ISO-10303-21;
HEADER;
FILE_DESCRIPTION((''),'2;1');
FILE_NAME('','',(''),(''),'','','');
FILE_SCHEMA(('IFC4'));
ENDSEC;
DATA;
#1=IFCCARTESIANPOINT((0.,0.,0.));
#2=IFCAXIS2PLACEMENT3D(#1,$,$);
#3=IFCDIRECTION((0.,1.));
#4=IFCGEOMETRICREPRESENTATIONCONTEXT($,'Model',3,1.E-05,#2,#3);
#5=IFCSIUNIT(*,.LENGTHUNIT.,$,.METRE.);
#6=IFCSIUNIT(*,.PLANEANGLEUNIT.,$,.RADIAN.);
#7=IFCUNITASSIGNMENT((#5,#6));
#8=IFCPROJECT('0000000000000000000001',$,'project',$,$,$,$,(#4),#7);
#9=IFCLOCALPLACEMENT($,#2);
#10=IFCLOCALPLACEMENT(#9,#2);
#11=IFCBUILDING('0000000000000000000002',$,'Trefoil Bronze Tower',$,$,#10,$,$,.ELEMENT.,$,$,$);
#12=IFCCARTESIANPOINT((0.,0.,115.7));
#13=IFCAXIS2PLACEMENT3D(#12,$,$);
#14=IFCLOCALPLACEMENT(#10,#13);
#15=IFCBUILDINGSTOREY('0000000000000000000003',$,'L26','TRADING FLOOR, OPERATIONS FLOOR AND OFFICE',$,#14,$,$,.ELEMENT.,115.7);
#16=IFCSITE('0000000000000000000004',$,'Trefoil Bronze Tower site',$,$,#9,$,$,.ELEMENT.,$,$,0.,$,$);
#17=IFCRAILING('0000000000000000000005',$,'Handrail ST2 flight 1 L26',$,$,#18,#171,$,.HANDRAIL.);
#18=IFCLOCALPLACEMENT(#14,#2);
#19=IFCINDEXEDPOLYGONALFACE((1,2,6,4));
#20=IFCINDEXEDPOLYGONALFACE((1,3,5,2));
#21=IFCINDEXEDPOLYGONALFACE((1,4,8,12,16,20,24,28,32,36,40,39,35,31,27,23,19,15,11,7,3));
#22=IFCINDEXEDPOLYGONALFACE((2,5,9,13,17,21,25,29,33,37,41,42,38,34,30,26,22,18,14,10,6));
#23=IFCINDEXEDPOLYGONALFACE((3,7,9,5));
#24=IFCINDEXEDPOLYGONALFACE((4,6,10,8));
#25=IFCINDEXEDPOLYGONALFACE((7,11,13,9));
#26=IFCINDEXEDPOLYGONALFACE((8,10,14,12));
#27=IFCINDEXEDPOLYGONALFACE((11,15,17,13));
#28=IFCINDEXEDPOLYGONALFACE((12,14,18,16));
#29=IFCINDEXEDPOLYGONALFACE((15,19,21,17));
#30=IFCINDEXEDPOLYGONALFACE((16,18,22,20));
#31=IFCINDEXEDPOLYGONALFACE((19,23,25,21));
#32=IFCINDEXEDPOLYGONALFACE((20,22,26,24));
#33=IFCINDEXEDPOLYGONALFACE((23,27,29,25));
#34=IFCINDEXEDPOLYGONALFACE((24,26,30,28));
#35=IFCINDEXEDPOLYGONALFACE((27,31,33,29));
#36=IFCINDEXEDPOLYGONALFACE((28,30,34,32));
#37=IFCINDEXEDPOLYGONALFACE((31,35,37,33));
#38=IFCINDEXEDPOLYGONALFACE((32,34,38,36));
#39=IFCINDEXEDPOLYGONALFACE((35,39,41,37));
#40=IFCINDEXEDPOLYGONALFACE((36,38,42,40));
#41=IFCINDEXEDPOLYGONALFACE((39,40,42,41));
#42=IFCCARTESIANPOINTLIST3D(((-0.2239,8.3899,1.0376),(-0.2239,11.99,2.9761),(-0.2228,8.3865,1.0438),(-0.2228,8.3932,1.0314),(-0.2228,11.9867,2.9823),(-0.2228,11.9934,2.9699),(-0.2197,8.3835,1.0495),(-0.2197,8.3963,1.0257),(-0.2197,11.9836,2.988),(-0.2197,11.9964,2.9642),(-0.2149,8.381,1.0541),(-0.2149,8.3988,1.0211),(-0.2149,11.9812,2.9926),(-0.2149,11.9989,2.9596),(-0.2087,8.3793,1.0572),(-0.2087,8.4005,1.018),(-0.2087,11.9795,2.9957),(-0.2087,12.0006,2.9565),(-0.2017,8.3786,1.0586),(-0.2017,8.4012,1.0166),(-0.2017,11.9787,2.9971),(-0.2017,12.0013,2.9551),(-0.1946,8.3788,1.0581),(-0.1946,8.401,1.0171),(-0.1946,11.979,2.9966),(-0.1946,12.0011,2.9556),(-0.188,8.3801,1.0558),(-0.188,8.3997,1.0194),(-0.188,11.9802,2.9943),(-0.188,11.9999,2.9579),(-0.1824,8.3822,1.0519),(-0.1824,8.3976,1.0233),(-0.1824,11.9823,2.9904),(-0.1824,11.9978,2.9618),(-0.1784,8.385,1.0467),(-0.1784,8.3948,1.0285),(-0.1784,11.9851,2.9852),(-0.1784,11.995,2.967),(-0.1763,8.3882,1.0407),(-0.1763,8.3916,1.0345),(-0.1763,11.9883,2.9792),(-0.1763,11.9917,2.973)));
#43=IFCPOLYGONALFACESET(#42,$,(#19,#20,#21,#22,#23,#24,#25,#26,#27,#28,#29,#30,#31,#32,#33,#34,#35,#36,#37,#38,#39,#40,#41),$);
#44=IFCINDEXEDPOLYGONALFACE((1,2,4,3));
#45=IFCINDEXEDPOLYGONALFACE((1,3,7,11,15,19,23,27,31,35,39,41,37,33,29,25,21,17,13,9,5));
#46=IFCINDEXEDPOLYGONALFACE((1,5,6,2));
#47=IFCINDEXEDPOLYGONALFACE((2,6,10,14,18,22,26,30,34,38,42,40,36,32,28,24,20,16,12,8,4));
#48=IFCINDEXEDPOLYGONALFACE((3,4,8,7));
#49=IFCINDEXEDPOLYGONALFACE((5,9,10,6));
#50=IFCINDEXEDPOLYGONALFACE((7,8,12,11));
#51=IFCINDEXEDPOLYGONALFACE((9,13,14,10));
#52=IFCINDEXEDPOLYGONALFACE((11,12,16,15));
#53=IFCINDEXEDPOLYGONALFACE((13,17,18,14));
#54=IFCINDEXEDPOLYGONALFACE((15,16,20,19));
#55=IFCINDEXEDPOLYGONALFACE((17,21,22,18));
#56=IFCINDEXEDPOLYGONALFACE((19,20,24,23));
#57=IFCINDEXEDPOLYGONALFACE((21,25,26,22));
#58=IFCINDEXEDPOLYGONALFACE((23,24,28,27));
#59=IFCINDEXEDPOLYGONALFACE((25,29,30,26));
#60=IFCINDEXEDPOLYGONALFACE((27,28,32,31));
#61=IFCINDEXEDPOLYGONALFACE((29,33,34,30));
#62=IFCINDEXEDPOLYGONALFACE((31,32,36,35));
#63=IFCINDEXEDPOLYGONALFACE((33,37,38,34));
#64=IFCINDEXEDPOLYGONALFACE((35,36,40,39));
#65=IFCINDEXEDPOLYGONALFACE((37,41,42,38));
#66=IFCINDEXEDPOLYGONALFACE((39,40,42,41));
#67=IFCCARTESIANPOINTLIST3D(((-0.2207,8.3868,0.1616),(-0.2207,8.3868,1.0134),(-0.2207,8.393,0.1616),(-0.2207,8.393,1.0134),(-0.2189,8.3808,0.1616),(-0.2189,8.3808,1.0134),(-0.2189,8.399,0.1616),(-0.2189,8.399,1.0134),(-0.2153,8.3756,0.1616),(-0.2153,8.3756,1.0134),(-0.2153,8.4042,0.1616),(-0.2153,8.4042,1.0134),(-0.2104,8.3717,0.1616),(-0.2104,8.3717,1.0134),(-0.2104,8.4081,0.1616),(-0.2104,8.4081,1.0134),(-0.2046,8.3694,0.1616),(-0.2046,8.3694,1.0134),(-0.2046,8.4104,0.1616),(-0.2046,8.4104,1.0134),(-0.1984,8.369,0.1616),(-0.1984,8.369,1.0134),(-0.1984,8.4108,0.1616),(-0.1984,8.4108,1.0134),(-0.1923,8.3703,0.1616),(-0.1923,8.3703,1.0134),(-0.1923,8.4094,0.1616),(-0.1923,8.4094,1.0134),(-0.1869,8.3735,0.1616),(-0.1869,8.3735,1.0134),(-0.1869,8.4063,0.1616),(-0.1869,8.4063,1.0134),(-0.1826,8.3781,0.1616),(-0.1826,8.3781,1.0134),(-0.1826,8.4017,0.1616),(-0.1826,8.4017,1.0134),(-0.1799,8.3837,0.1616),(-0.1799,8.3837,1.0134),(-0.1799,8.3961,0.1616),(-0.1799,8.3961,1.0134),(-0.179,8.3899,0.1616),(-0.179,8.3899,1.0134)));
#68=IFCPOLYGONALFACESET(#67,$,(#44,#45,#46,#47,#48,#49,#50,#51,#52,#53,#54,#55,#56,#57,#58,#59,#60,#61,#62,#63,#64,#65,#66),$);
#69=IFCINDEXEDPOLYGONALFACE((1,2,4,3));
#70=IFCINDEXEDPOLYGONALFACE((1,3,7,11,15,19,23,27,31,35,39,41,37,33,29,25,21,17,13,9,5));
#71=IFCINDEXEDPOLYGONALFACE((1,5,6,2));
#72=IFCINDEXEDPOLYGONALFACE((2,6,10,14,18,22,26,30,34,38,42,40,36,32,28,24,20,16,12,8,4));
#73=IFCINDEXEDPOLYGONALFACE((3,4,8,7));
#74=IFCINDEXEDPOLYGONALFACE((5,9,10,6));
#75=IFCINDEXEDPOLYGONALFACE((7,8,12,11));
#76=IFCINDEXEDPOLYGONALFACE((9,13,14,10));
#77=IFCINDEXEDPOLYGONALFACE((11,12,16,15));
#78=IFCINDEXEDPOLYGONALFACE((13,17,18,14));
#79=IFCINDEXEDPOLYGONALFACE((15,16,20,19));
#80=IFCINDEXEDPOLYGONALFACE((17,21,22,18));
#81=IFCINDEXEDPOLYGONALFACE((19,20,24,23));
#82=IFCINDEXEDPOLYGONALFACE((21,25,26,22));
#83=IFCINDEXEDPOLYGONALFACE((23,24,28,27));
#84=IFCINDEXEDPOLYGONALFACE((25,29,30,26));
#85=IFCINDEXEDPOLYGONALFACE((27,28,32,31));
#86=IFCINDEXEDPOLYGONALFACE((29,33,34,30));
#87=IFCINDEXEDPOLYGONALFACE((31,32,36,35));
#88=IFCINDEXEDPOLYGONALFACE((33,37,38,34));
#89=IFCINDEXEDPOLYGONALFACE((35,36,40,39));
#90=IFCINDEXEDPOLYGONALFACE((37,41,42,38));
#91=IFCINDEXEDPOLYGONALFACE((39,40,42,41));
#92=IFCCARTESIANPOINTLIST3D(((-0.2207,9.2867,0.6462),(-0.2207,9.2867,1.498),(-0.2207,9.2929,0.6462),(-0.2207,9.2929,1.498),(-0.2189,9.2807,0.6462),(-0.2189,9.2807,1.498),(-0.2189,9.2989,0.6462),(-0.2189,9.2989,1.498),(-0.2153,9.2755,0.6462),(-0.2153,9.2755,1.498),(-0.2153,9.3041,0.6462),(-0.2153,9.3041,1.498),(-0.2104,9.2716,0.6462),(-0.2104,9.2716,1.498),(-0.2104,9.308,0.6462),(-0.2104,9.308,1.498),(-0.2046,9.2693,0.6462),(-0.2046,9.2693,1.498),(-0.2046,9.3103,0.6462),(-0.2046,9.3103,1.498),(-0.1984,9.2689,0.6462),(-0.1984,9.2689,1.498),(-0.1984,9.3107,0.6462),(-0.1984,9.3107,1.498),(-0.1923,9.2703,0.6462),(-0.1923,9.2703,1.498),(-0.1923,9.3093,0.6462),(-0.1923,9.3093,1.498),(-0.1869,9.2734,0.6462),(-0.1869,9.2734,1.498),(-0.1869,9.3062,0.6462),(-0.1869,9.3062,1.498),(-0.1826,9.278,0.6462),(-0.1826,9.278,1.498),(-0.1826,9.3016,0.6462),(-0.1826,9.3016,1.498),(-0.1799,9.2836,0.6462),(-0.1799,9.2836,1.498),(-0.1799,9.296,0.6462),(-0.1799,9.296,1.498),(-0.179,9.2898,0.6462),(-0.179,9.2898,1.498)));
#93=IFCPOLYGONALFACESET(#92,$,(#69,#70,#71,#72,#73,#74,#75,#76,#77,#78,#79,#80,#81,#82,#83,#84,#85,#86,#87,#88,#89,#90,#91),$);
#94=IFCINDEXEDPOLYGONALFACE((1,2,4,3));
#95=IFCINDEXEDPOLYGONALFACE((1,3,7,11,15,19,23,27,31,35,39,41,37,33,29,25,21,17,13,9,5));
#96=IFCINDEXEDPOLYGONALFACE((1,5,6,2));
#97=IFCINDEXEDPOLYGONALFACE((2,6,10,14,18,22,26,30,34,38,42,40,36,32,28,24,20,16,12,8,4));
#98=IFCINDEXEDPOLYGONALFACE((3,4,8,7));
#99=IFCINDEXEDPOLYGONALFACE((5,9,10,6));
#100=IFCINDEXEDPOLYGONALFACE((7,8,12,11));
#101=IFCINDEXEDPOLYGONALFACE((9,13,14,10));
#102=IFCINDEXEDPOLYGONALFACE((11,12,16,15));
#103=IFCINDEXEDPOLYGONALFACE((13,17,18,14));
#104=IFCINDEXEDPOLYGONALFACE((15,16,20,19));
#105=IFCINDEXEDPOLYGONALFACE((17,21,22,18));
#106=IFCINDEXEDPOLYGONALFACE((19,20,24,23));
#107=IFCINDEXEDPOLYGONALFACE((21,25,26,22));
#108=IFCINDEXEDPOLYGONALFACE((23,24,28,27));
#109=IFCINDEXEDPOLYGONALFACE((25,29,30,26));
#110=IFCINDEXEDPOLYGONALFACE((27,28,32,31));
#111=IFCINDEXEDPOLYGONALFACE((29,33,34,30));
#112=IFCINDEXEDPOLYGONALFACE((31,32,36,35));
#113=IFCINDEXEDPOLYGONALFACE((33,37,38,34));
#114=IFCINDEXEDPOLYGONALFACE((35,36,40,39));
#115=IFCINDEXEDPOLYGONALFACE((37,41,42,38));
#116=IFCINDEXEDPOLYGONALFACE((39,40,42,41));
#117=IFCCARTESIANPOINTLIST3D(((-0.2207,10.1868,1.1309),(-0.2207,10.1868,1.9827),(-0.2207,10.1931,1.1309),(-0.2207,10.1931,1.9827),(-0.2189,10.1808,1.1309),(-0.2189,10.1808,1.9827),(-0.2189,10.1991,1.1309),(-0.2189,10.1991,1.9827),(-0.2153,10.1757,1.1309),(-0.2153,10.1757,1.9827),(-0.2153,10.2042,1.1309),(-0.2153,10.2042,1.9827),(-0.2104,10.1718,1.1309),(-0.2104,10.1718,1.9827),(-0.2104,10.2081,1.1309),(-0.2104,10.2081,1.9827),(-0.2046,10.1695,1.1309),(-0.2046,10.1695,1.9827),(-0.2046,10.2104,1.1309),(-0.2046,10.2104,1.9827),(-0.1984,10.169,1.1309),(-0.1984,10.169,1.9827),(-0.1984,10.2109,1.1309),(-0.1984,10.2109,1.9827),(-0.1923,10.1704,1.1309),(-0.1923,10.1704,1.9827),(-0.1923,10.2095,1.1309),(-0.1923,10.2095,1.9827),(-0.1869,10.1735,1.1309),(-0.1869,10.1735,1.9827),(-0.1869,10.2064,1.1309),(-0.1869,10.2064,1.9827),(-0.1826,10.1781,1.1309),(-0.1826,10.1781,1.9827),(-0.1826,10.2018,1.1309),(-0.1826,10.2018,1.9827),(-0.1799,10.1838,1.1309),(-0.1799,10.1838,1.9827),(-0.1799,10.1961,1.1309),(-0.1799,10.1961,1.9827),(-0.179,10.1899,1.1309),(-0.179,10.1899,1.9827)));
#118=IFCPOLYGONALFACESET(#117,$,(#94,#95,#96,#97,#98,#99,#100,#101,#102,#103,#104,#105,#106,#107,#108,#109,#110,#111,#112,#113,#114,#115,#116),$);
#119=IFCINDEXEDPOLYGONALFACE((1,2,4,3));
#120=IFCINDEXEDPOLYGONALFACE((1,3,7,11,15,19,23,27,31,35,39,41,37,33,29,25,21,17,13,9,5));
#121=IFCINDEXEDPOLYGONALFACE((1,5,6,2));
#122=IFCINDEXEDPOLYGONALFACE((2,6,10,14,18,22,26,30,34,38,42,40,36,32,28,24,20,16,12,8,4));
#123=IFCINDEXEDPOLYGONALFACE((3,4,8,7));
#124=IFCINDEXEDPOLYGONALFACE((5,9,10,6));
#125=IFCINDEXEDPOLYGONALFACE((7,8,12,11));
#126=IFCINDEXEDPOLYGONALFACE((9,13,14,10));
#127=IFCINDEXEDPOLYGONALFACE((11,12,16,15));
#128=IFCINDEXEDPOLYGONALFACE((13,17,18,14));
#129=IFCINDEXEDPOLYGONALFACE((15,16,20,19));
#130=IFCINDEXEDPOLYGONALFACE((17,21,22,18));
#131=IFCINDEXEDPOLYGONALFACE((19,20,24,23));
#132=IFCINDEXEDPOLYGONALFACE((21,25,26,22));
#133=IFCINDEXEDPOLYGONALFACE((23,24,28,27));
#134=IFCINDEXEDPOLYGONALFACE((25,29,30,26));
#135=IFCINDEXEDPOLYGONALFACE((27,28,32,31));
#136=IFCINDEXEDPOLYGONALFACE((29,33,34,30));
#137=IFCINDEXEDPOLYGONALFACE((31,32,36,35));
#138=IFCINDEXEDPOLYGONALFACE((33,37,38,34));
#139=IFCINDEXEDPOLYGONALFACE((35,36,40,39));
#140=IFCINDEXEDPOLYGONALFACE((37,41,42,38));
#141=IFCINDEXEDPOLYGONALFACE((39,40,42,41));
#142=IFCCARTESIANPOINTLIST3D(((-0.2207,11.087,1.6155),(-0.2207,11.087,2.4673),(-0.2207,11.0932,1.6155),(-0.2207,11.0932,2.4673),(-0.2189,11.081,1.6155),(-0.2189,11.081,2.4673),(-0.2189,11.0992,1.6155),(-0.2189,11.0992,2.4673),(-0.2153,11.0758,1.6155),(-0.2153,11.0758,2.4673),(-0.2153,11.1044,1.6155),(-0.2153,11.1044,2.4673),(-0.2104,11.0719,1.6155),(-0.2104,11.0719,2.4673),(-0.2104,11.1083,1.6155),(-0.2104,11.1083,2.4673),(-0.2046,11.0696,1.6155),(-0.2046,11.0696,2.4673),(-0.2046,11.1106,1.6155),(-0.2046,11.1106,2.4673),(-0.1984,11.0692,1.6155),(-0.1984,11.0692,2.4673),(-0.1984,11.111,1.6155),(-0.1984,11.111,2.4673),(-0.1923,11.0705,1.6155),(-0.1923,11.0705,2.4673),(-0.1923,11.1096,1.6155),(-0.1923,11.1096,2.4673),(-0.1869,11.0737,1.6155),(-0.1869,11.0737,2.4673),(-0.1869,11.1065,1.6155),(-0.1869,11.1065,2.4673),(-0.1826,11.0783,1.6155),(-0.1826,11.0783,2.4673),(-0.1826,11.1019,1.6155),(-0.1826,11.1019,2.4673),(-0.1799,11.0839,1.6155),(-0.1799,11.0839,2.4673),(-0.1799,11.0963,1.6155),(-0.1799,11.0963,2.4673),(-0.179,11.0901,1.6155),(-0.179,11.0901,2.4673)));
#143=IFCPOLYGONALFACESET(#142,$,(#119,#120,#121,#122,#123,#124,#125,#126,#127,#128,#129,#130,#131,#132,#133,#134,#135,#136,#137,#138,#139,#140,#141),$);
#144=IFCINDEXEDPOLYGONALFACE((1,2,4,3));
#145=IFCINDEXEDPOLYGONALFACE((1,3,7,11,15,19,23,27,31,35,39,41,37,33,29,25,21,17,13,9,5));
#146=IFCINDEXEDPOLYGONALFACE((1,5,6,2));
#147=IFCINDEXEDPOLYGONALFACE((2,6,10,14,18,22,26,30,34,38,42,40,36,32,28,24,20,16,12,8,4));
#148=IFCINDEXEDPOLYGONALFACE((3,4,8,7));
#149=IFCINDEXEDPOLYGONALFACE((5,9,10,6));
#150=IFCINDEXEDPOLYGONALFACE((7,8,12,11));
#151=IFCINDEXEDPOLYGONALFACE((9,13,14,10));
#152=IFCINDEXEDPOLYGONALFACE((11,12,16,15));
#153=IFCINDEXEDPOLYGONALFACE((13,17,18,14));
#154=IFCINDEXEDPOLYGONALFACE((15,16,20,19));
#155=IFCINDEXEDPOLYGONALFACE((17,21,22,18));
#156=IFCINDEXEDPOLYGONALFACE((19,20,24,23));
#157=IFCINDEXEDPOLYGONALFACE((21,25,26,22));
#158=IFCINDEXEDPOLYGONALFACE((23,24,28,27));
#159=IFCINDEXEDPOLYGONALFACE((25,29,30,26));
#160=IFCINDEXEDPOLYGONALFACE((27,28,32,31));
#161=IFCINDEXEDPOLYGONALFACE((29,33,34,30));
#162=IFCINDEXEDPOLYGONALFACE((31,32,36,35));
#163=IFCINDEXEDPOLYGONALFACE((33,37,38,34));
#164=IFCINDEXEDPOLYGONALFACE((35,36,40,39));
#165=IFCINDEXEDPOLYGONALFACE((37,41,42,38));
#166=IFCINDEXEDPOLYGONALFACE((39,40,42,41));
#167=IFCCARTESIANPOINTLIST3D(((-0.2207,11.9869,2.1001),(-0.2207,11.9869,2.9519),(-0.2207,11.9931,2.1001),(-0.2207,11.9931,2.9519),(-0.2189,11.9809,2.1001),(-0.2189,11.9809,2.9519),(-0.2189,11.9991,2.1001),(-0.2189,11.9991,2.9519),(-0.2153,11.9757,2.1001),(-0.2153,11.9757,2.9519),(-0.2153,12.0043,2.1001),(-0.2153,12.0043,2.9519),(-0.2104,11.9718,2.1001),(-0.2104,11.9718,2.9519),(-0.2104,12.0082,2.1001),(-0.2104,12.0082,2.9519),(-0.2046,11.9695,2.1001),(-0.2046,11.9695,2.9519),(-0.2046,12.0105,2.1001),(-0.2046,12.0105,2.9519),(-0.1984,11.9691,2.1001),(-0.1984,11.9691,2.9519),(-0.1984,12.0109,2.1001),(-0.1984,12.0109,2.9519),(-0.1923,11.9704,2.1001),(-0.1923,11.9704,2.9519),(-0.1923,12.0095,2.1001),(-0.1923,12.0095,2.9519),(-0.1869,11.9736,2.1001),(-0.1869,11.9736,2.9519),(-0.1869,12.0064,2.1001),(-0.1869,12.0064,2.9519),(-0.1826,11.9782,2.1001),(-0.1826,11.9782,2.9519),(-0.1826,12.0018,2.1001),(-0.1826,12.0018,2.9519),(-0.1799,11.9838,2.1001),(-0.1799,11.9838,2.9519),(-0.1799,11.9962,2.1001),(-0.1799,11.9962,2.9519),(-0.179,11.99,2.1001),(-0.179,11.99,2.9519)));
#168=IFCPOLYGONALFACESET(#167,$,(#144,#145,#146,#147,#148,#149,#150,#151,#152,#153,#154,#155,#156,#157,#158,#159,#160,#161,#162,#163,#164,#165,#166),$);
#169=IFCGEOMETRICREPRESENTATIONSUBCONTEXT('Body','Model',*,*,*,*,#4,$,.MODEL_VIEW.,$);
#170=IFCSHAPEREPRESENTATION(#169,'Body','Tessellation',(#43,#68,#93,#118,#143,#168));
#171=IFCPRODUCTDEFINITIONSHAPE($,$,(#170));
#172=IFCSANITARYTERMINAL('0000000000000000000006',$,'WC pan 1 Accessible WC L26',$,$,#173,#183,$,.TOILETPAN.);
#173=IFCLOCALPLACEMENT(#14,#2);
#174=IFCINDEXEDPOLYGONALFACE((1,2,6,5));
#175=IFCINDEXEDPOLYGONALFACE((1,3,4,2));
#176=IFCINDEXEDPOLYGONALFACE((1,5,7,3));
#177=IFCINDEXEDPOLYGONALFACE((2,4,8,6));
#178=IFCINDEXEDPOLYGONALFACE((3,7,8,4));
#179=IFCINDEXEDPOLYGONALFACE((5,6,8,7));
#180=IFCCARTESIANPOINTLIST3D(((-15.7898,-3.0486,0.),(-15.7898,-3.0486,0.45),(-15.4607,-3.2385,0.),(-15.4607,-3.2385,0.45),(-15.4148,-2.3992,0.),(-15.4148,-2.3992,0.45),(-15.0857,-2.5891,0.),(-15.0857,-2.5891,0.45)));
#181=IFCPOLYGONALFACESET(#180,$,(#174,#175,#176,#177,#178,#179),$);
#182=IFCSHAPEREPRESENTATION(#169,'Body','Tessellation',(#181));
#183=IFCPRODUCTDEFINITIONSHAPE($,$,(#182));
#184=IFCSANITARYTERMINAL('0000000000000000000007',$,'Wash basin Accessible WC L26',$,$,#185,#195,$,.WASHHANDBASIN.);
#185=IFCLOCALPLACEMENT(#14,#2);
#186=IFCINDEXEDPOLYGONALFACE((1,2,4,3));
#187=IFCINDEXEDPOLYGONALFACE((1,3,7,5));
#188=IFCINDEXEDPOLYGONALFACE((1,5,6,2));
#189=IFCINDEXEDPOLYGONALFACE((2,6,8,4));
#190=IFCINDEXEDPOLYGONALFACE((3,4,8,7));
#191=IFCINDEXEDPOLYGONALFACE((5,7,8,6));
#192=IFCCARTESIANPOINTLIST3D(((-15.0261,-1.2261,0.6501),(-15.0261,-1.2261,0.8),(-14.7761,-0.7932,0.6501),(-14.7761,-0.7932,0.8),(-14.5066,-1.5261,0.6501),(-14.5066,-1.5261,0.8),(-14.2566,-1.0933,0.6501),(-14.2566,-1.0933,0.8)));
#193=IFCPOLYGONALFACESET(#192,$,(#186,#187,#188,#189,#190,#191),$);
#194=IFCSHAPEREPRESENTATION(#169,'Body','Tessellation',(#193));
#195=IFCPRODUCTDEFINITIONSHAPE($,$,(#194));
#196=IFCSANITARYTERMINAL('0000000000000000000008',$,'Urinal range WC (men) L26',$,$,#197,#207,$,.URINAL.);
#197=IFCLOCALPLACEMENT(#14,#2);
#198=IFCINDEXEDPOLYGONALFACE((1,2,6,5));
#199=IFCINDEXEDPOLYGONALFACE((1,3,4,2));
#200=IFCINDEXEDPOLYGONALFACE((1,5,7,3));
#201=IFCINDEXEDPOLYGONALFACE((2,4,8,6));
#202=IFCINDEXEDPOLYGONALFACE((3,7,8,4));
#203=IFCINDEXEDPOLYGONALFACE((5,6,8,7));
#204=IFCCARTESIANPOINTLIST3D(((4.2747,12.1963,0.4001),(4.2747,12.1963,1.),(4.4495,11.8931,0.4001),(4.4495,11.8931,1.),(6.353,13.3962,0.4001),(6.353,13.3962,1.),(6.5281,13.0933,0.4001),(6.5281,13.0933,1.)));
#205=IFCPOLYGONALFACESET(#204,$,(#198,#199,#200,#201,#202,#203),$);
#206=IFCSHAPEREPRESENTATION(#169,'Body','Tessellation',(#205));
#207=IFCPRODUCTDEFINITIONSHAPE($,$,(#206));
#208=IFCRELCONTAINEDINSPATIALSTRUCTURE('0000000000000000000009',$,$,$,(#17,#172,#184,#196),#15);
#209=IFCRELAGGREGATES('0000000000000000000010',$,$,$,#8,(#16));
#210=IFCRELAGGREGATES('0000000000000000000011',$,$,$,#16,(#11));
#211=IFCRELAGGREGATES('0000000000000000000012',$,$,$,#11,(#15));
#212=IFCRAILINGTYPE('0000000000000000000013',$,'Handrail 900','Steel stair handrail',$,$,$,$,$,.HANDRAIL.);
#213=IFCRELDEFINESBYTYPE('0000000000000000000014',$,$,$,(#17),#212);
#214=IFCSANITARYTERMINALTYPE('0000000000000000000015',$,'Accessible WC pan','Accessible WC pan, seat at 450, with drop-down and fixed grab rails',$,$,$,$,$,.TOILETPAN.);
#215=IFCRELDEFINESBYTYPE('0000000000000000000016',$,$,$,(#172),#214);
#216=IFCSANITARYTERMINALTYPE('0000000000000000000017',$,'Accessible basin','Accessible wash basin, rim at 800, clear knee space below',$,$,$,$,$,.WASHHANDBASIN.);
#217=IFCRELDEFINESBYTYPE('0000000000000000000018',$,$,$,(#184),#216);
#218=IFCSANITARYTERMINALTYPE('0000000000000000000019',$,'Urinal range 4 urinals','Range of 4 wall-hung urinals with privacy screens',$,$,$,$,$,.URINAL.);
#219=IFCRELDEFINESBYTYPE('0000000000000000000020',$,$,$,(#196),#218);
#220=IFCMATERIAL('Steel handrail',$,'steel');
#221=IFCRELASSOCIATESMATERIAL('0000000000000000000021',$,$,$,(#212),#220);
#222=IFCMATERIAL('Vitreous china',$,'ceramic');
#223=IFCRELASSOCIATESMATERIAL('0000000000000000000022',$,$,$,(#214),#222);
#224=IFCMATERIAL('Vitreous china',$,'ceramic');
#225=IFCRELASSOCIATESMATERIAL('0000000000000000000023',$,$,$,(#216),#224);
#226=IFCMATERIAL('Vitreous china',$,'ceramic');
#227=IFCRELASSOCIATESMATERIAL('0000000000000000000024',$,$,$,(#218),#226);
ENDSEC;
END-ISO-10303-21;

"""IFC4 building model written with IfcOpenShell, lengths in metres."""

from ifc_helpers import new_model, si_unit, direction, frame, origin, origin_2d, place, context, subcontext, project, spatial, polyline, circle, outline, extrude, material, type_object, element, save


model = new_model("IFC4")

# Units and contexts
model_context = context("Model", 3, precision=1e-05, world=origin(), true_north=direction((0.0, 1.0)))
body_context = subcontext(model_context, "Body", "Model", "MODEL_VIEW")
ifc_project = project(units=[si_unit("LENGTHUNIT", "METRE"), si_unit("PLANEANGLEUNIT", "RADIAN")], contexts=[model_context])

# Site, building, storey
site_placement = place(None, origin())
site = spatial("IfcSite", under=ifc_project, at=site_placement, Name="Trefoil Bronze Tower site", CompositionType="ELEMENT", RefElevation=0.0)
building_placement = place(site_placement, origin())
building = spatial("IfcBuilding", under=site, at=building_placement, Name="Trefoil Bronze Tower", CompositionType="ELEMENT")
storey_placement = place(building_placement, frame((0.0, 0.0, 115.7)))
storey = spatial("IfcBuildingStorey", under=building, at=storey_placement, Name="L26", Description="TRADING FLOOR, OPERATIONS FLOOR AND OFFICE", CompositionType="ELEMENT", Elevation=115.7)

# Railing
ifc_material_1 = material(Name="Steel handrail", Category="steel")
railing_type = type_object("IfcRailingType", Name="Handrail 900", Description="Steel stair handrail", PredefinedType="HANDRAIL", material=ifc_material_1)
railing_placement = place(storey_placement, frame((-0.2, 8.3899, 0.1616)))
element("IfcRailing", 1, at=railing_placement, inside=storey, type_object=railing_type, Name="Handrail ST2 flight 1 L26", PredefinedType="HANDRAIL", context=body_context, shape_type="SweptSolid", body=[
    extrude(circle(Radius=0.0239, at=origin_2d()), frame((0.0, 0.0, 0.876), z_axis=(0.0, 0.880475, 0.474093), x_axis=(-1.0, 0.0, 0.0)), (0.0, 0.0, 1.0), 4.0889),
    extrude(circle(Radius=0.021, at=origin_2d()), origin(), (0.0, 0.0, 1.0), 0.8518),
    extrude(circle(Radius=0.021, at=origin_2d()), frame((0.0, 0.8999, 0.4846)), (0.0, 0.0, 1.0), 0.8518),
    extrude(circle(Radius=0.021, at=origin_2d()), frame((0.0, 1.8, 0.9692)), (0.0, 0.0, 1.0), 0.8518),
    extrude(circle(Radius=0.021, at=origin_2d()), frame((0.0, 2.7002, 1.4539)), (0.0, 0.0, 1.0), 0.8518),
    extrude(circle(Radius=0.021, at=origin_2d()), frame((0.0, 3.6001, 1.9385)), (0.0, 0.0, 1.0), 0.8518),
])

# Sanitary terminals
ifc_material_2 = material(Name="Vitreous china", Category="ceramic")
sanitary_terminal_type_1 = type_object("IfcSanitaryTerminalType", Name="Accessible WC pan", Description="Accessible WC pan, seat at 450, with drop-down and fixed grab rails", PredefinedType="TOILETPAN", material=ifc_material_2)
sanitary_terminal_1_placement = place(storey_placement, origin())
element("IfcSanitaryTerminal", 2, at=sanitary_terminal_1_placement, inside=storey, type_object=sanitary_terminal_type_1, Name="WC pan 1 Accessible WC L26", PredefinedType="TOILETPAN", context=body_context, shape_type="SweptSolid", body=[
    extrude(outline(polyline([(-15.0857, -2.5891), (-15.4607, -3.2385), (-15.7898, -3.0486), (-15.4148, -2.3992), (-15.0857, -2.5891)])), origin(), (0.0, 0.0, 1.0), 0.45),
])
ifc_material_3 = material(Name="Vitreous china", Category="ceramic")
sanitary_terminal_type_2 = type_object("IfcSanitaryTerminalType", Name="Accessible basin", Description="Accessible wash basin, rim at 800, clear knee space below", PredefinedType="WASHHANDBASIN", material=ifc_material_3)
sanitary_terminal_2_placement = place(storey_placement, frame((0.0, 0.0, 0.6501)))
element("IfcSanitaryTerminal", 3, at=sanitary_terminal_2_placement, inside=storey, type_object=sanitary_terminal_type_2, Name="Wash basin Accessible WC L26", PredefinedType="WASHHANDBASIN", context=body_context, shape_type="SweptSolid", body=[
    extrude(outline(polyline([(-14.2566, -1.0933), (-14.5066, -1.5261), (-15.0261, -1.2261), (-14.7761, -0.7932), (-14.2566, -1.0933)])), origin(), (0.0, 0.0, 1.0), 0.1499),
])
ifc_material_4 = material(Name="Vitreous china", Category="ceramic")
sanitary_terminal_type_3 = type_object("IfcSanitaryTerminalType", Name="Urinal range 4 urinals", Description="Range of 4 wall-hung urinals with privacy screens", PredefinedType="URINAL", material=ifc_material_4)
sanitary_terminal_3_placement = place(storey_placement, frame((0.0, 0.0, 0.4001)))
element("IfcSanitaryTerminal", 4, at=sanitary_terminal_3_placement, inside=storey, type_object=sanitary_terminal_type_3, Name="Urinal range WC (men) L26", PredefinedType="URINAL", context=body_context, shape_type="SweptSolid", body=[
    extrude(outline(polyline([(4.4495, 11.8931), (4.2747, 12.1963), (6.353, 13.3962), (6.5281, 13.0933), (4.4495, 11.8931)])), origin(), (0.0, 0.0, 1.0), 0.5999),
])

save(model, "model.ifc")
